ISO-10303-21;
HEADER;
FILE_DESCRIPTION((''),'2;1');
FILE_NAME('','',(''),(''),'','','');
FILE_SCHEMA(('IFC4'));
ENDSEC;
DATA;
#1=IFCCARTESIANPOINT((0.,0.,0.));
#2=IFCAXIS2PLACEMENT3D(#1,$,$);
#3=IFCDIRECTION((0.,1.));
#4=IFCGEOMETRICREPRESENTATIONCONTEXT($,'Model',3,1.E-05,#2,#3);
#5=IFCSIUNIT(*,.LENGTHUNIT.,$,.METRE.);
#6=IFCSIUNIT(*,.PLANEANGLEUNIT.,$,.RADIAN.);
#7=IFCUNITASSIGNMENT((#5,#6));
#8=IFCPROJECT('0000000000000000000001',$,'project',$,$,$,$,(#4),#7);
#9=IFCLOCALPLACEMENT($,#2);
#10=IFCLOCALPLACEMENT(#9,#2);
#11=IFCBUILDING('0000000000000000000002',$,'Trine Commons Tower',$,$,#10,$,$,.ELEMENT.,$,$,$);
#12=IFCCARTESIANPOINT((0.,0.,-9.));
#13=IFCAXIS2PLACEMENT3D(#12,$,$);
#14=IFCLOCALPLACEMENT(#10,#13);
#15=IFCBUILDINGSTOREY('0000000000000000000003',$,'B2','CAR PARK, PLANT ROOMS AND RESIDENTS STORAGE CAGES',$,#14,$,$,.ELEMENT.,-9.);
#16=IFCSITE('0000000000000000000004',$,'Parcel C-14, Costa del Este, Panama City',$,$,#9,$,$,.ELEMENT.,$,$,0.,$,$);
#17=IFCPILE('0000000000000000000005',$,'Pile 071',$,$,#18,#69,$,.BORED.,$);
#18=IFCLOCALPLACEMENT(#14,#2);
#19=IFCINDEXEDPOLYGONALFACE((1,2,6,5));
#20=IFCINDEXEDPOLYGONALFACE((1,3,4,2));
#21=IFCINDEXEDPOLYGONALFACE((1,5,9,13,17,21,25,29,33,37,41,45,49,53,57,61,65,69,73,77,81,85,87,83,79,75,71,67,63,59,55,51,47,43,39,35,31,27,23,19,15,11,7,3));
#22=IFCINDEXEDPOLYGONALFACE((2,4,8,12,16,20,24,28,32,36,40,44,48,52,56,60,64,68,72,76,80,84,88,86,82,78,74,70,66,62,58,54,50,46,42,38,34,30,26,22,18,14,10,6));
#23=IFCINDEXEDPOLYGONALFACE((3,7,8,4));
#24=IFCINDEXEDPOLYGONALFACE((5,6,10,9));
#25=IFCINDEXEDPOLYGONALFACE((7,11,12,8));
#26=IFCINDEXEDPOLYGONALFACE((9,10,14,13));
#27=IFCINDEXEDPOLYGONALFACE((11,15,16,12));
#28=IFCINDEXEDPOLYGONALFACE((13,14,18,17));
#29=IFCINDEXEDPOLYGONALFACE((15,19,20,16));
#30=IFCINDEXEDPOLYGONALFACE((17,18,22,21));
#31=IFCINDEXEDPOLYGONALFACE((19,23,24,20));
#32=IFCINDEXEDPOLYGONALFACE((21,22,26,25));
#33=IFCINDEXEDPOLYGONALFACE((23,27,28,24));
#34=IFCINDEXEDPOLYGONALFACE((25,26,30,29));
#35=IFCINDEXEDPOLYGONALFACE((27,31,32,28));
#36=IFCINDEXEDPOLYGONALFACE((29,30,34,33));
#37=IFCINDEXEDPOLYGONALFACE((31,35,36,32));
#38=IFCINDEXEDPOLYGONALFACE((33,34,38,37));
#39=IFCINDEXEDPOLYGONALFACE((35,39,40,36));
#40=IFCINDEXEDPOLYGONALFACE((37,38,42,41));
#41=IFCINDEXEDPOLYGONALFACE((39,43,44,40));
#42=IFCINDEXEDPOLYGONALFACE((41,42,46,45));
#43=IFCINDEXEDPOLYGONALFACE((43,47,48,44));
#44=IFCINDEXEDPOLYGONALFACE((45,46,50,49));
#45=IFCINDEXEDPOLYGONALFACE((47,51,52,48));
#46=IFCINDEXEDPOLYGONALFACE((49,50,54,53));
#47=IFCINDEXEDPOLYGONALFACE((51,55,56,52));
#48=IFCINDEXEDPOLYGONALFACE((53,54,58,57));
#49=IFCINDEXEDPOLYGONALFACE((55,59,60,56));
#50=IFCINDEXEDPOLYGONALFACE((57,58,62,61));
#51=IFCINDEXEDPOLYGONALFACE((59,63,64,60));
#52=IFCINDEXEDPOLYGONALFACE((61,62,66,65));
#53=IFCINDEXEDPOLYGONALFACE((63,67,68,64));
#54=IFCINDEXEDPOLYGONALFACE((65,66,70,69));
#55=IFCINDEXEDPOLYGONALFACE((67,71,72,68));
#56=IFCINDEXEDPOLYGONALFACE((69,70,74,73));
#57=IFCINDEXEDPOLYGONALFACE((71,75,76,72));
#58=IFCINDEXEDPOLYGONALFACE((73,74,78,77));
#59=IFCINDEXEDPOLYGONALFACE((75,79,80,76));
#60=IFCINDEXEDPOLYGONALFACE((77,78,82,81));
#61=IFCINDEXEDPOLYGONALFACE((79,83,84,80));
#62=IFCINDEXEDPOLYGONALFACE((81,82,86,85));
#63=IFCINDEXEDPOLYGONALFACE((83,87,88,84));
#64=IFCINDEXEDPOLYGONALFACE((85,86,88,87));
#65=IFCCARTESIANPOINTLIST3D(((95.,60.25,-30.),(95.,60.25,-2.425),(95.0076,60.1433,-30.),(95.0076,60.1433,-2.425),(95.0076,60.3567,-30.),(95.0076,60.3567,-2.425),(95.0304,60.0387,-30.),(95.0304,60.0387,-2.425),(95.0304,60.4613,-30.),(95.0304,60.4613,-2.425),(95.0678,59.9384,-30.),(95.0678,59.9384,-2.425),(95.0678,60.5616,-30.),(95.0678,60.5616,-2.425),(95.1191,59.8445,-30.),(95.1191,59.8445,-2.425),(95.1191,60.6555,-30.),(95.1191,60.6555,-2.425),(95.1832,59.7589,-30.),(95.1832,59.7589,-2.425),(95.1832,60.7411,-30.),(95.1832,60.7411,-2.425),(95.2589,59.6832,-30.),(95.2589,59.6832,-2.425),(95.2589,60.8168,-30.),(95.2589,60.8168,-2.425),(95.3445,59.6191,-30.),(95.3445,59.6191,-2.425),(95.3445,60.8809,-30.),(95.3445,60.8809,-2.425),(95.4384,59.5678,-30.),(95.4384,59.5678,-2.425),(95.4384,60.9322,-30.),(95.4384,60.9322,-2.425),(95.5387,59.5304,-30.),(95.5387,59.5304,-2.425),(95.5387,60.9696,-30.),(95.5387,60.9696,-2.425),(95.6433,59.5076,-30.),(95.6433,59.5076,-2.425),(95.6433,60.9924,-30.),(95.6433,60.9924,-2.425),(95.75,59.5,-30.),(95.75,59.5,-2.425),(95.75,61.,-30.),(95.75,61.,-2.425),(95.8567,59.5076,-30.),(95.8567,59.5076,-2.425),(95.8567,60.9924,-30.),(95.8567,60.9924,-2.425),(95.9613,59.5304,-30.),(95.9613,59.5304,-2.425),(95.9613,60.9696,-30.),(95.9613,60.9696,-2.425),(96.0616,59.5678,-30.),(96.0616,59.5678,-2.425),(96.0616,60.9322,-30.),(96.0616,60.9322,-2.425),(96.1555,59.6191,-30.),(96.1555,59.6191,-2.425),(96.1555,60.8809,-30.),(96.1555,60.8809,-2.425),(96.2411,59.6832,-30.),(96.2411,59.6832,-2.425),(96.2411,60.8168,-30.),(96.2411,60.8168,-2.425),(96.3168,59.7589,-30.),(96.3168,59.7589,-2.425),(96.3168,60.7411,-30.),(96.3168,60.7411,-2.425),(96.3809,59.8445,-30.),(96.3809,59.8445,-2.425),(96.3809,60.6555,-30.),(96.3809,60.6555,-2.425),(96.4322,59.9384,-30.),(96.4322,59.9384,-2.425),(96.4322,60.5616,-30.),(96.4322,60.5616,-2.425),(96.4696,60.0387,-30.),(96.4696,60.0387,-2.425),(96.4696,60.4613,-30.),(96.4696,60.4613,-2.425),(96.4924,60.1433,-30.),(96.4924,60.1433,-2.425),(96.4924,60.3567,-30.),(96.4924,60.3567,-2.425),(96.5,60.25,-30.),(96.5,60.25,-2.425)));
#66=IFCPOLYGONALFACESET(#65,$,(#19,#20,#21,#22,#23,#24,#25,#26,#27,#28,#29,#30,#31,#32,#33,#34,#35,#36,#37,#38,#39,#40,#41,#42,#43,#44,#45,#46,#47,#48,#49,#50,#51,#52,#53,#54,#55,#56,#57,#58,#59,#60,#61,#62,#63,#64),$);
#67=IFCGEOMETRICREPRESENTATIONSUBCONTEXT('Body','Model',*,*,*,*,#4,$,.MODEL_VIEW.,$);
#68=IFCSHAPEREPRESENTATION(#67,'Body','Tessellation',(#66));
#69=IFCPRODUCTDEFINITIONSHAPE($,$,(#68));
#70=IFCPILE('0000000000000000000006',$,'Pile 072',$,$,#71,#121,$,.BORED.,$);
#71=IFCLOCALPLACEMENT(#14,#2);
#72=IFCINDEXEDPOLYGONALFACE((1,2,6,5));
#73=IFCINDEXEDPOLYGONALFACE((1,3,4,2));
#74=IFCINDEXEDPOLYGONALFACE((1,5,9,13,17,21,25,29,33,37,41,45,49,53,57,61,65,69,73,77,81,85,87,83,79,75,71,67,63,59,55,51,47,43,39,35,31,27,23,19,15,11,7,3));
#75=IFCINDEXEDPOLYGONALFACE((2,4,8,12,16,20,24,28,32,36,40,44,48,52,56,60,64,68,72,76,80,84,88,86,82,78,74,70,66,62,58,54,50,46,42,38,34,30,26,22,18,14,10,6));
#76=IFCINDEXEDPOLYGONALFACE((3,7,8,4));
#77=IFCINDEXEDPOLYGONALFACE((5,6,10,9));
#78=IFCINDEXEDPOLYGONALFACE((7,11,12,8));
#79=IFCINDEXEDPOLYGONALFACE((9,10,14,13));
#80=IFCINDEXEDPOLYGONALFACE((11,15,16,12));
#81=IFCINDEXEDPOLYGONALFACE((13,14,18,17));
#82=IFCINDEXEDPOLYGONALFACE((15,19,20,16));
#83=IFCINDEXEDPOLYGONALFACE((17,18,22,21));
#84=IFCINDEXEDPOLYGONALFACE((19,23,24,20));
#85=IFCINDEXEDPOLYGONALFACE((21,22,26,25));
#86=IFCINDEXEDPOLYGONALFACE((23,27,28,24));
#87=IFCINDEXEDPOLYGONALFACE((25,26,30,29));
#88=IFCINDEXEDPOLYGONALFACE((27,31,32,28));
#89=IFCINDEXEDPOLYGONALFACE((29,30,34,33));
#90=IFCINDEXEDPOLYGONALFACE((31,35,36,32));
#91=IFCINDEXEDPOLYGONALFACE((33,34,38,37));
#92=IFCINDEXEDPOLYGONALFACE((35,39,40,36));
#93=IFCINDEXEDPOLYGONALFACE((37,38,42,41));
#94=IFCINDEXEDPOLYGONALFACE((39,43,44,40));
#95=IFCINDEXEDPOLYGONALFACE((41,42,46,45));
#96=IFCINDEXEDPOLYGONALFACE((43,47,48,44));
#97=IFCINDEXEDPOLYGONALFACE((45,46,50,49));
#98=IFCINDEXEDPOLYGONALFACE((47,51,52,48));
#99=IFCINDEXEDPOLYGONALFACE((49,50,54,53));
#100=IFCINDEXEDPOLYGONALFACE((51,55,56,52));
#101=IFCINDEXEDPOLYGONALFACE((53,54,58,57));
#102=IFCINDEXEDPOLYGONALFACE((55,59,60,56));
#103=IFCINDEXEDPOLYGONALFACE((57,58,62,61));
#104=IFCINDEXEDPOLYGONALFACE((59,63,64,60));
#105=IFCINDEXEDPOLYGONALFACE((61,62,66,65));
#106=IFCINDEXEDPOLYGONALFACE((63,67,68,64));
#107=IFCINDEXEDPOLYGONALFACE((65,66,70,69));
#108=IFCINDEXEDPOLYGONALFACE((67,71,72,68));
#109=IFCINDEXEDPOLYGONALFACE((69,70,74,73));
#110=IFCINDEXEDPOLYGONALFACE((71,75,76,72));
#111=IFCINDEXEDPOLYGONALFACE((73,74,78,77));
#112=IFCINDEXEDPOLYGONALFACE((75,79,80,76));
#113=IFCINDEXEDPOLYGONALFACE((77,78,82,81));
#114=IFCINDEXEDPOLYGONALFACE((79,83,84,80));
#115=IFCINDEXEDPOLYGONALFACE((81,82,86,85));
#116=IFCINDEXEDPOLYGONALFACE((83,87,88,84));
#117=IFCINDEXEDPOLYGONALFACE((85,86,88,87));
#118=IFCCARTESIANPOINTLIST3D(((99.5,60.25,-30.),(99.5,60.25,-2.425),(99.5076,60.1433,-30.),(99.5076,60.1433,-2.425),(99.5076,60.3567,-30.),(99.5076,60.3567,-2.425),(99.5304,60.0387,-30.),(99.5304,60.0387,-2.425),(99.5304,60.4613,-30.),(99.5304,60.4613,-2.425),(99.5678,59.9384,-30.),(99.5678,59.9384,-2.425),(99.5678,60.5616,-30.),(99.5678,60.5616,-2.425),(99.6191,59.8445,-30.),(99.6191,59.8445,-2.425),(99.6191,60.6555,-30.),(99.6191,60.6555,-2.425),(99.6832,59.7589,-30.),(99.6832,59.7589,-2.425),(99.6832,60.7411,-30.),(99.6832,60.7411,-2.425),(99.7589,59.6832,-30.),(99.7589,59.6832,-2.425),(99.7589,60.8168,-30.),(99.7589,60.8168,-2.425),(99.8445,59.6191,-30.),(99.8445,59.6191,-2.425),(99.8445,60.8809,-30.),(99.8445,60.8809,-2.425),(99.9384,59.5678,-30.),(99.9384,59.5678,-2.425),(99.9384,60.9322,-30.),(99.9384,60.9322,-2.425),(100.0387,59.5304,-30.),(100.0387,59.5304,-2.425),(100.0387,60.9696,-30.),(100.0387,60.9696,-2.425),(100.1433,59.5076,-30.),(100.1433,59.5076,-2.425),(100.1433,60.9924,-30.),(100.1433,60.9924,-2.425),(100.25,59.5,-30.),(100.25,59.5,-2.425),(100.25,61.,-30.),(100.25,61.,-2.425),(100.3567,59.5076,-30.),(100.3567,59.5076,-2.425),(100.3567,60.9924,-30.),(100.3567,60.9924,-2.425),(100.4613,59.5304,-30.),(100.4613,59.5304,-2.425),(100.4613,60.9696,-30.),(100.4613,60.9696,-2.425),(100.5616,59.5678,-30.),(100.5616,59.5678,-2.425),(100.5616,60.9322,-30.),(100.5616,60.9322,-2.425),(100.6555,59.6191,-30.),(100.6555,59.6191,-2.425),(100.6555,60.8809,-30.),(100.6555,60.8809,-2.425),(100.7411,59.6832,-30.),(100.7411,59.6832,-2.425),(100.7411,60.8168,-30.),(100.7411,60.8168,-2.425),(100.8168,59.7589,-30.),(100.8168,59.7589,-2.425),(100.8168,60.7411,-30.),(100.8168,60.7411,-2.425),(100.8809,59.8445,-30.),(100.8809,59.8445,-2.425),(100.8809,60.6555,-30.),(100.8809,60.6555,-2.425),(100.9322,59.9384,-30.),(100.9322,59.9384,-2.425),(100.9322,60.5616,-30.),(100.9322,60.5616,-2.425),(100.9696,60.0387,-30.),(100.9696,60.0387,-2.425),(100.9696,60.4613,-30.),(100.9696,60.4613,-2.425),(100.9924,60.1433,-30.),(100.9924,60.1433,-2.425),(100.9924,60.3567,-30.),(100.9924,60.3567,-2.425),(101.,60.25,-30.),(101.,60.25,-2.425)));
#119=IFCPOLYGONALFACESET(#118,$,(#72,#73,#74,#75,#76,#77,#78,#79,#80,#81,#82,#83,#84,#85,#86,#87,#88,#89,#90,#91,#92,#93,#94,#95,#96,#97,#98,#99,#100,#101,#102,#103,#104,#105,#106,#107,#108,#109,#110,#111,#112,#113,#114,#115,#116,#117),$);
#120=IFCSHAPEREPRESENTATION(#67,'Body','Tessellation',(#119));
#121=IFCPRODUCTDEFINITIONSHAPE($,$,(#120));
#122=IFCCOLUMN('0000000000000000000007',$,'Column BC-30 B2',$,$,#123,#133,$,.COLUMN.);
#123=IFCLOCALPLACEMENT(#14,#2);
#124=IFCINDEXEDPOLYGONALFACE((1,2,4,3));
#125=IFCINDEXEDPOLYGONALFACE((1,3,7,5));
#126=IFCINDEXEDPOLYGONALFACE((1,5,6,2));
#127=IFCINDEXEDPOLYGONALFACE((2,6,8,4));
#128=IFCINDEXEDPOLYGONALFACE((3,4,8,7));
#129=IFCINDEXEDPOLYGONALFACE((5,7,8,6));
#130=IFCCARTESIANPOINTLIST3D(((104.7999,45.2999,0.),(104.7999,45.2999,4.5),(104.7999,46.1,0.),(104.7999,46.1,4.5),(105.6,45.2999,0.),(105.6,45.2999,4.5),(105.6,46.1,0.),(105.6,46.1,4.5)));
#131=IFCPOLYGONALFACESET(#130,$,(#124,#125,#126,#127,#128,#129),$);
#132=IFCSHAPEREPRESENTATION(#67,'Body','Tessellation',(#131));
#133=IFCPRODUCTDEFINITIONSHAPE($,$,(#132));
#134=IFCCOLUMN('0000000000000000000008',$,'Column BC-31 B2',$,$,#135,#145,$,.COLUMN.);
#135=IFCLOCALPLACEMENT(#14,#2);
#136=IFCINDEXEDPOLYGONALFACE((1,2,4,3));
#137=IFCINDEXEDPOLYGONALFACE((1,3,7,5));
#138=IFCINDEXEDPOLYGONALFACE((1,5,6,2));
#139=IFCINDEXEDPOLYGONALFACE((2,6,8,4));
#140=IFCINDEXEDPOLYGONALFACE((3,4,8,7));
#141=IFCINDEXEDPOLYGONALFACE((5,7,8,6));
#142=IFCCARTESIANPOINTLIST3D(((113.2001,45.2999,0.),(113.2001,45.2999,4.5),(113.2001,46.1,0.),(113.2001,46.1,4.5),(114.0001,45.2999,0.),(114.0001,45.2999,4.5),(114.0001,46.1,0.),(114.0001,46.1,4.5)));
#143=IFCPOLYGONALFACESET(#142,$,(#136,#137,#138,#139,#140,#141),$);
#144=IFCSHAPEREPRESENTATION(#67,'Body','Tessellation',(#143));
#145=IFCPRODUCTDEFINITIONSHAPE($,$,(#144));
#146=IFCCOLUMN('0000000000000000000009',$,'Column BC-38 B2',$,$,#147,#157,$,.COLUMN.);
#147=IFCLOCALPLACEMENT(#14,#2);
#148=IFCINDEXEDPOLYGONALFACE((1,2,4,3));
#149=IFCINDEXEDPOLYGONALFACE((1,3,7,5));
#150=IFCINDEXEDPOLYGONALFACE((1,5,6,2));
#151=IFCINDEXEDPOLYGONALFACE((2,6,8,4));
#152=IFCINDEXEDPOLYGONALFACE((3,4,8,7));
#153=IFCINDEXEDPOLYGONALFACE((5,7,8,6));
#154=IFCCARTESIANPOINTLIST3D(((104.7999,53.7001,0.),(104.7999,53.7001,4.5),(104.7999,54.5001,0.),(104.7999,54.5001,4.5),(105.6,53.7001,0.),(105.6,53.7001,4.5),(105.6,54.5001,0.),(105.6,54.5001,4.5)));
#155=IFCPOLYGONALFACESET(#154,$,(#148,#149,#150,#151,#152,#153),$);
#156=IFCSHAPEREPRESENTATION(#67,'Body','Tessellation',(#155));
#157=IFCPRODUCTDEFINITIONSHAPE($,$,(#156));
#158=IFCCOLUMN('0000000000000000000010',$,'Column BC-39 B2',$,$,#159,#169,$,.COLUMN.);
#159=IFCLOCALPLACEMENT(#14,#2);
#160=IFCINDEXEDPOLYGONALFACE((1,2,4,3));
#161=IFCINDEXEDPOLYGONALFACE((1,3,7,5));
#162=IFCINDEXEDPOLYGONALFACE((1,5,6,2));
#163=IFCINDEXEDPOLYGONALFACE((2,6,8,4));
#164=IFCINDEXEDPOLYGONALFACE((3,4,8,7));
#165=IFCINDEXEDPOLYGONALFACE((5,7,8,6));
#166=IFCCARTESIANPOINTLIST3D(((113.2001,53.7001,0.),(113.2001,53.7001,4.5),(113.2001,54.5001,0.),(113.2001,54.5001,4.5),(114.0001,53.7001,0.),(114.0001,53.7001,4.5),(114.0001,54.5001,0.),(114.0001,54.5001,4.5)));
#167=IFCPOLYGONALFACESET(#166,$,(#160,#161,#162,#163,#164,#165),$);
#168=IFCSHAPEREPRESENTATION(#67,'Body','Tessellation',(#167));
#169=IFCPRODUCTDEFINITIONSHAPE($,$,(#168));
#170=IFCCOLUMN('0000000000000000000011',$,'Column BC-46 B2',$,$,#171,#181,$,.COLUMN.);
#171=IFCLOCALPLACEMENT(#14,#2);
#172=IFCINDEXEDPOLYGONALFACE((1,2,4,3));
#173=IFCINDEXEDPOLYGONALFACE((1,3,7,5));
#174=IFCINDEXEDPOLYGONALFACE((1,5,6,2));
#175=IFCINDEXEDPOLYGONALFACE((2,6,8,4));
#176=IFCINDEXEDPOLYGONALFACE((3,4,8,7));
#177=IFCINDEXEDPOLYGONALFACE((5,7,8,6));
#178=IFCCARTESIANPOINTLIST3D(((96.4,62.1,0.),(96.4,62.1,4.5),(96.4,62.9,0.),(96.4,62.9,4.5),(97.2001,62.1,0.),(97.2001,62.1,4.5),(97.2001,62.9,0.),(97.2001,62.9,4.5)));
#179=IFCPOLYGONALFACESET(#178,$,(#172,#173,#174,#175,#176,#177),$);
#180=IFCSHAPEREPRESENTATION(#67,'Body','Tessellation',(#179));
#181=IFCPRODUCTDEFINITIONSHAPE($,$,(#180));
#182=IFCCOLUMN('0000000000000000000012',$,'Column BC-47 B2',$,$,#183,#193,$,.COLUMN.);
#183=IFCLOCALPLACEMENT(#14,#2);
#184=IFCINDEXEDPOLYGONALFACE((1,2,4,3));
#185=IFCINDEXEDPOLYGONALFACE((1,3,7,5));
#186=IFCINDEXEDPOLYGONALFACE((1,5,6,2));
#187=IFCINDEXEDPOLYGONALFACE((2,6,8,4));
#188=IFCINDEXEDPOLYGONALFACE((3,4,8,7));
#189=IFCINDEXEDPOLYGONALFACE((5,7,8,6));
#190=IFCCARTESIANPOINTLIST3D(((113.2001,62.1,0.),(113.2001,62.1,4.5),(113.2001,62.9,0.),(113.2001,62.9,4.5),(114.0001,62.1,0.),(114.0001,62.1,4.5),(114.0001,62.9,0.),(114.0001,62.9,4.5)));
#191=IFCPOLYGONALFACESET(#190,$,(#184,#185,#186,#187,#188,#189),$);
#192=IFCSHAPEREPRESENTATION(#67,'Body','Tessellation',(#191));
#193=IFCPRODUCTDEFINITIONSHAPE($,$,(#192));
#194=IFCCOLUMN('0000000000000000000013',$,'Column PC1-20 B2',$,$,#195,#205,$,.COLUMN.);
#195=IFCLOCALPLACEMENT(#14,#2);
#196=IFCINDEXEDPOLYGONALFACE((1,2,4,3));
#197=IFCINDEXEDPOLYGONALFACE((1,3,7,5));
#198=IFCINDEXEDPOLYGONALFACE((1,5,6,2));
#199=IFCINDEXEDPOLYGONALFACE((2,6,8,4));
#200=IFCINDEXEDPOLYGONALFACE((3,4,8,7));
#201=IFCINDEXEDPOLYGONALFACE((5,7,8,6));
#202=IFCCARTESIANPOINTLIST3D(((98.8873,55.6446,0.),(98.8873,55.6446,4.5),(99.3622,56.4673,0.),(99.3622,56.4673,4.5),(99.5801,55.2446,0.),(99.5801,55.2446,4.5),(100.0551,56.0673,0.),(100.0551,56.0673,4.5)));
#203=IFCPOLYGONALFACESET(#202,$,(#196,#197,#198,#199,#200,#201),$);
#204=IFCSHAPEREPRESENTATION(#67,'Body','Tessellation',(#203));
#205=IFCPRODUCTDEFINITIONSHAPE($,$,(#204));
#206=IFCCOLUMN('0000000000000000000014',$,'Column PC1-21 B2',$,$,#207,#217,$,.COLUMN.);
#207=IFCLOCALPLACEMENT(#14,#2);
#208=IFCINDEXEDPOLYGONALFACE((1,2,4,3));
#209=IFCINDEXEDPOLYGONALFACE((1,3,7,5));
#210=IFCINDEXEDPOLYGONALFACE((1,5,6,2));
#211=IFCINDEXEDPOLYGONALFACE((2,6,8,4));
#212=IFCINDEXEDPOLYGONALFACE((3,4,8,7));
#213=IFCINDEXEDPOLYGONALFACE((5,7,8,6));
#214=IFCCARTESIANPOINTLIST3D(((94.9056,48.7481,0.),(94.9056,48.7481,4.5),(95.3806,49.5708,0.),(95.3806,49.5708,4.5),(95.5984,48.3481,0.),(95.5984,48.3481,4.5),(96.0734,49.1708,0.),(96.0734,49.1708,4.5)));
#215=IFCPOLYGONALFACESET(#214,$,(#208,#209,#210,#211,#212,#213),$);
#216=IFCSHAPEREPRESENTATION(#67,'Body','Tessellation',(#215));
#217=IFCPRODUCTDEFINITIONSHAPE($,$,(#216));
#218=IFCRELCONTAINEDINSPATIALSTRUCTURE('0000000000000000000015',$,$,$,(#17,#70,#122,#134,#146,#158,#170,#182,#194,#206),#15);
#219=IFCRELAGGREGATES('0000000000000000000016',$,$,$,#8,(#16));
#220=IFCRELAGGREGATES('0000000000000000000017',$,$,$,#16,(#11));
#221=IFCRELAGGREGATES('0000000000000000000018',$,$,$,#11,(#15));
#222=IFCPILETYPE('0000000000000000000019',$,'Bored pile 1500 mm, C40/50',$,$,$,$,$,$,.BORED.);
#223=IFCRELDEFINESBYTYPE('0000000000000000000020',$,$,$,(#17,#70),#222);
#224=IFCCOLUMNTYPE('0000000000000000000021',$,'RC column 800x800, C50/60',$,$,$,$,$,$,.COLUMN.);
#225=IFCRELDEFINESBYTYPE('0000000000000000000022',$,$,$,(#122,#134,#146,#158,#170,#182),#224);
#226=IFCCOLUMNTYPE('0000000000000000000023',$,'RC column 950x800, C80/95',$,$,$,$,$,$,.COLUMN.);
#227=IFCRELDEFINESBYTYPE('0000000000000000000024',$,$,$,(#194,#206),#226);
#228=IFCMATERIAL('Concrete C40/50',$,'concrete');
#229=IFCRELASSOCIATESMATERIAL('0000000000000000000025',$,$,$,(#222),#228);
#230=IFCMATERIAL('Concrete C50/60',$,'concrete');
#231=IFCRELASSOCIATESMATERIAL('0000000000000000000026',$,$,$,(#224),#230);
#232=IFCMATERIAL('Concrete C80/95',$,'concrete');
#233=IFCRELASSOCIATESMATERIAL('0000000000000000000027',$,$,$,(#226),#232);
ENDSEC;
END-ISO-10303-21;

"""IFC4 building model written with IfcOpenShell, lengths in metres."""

from ifc_helpers import new_model, si_unit, direction, frame, origin, origin_2d, place, context, subcontext, project, spatial, rectangle, circle, extrude, material, material_profile, profile_set, type_object, element, save


model = new_model("IFC4")

# Units and contexts
model_context = context("Model", 3, precision=1e-05, world=origin(), true_north=direction((0.0, 1.0)))
body_context = subcontext(model_context, "Body", "Model", "MODEL_VIEW")
ifc_project = project(units=[si_unit("LENGTHUNIT", "METRE"), si_unit("PLANEANGLEUNIT", "RADIAN")], contexts=[model_context])

# Site, building, storey
site_placement = place(None, origin())
site = spatial("IfcSite", under=ifc_project, at=site_placement, Name="Parcel C-14, Costa del Este, Panama City", CompositionType="ELEMENT", RefElevation=0.0)
building_placement = place(site_placement, origin())
building = spatial("IfcBuilding", under=site, at=building_placement, Name="Trine Commons Tower", CompositionType="ELEMENT")
storey_placement = place(building_placement, frame((0.0, 0.0, -9.0)))
storey = spatial("IfcBuildingStorey", under=building, at=storey_placement, Name="B2", Description="CAR PARK, PLANT ROOMS AND RESIDENTS STORAGE CAGES", CompositionType="ELEMENT", Elevation=-9.0)

# Piles
ifc_material_1 = material(Name="Concrete C40/50", Category="concrete")
pile_type_1 = type_object("IfcPileType", Name="Bored pile 1500 mm, C40/50", PredefinedType="BORED", material=ifc_material_1)
for number, where, z_axis, x_axis, name in (
    (1, (95.75, 60.25, -2.425), (0.0, 0.0, -1.0), (1.0, 0.0, 0.0), "Pile 071"),
    (2, (100.25, 60.25, -2.425), (0.0, 0.0, -1.0), (1.0, 0.0, 0.0), "Pile 072"),
):
    element("IfcPile", number, at=place(storey_placement, frame(where, z_axis=z_axis, x_axis=x_axis)), inside=storey, type_object=pile_type_1, Name=name, PredefinedType="BORED", context=body_context, shape_type="SweptSolid", body=[
        extrude(circle(Radius=0.75, at=origin_2d()), origin(), (0.0, 0.0, 1.0), 27.575),
    ])

# Columns
ifc_material_2 = material(Name="Concrete C50/60", Category="concrete")
ifc_material_profile_1 = material_profile(ifc_material_2, rectangle(XDim=0.8, YDim=0.8, at=origin_2d()), Name="RC 800x800")
ifc_profile_set_1 = profile_set([ifc_material_profile_1], Name="Concrete C50/60")
column_type_1 = type_object("IfcColumnType", Name="RC column 800x800, C50/60", PredefinedType="COLUMN", material=ifc_profile_set_1)
for number, where, z_axis, x_axis, name in (
    (3, (105.2, 45.7, 0.0), (0.0, 0.0, 1.0), (1.0, 0.0, 0.0), "Column BC-30 B2"),
    (4, (113.6001, 45.7, 0.0), (0.0, 0.0, 1.0), (1.0, 0.0, 0.0), "Column BC-31 B2"),
    (5, (105.2, 54.1001, 0.0), (0.0, 0.0, 1.0), (1.0, 0.0, 0.0), "Column BC-38 B2"),
    (6, (113.6001, 54.1001, 0.0), (0.0, 0.0, 1.0), (1.0, 0.0, 0.0), "Column BC-39 B2"),
    (7, (96.8, 62.5, 0.0), (0.0, 0.0, 1.0), (1.0, 0.0, 0.0), "Column BC-46 B2"),
    (8, (113.6001, 62.5, 0.0), (0.0, 0.0, 1.0), (1.0, 0.0, 0.0), "Column BC-47 B2"),
):
    element("IfcColumn", number, at=place(storey_placement, frame(where, z_axis=z_axis, x_axis=x_axis)), inside=storey, type_object=column_type_1, Name=name, PredefinedType="COLUMN", context=body_context, shape_type="SweptSolid", body=[
        extrude(rectangle(XDim=0.8, YDim=0.8, at=origin_2d()), origin(), (0.0, 0.0, 1.0), 4.5),
    ])
ifc_material_3 = material(Name="Concrete C80/95", Category="concrete")
ifc_material_profile_2 = material_profile(ifc_material_3, rectangle(XDim=0.95, YDim=0.8, at=origin_2d()), Name="RC 950x800")
ifc_profile_set_2 = profile_set([ifc_material_profile_2], Name="Concrete C80/95")
column_type_2 = type_object("IfcColumnType", Name="RC column 950x800, C80/95", PredefinedType="COLUMN", material=ifc_profile_set_2)
for number, where, z_axis, x_axis, name in (
    (9, (99.4712, 55.856, 0.0), (0.0, 0.0, 1.0), (0.5, 0.866025, 0.0), "Column PC1-20 B2"),
    (10, (95.4895, 48.9595, 0.0), (0.0, 0.0, 1.0), (0.5, 0.866025, 0.0), "Column PC1-21 B2"),
):
    element("IfcColumn", number, at=place(storey_placement, frame(where, z_axis=z_axis, x_axis=x_axis)), inside=storey, type_object=column_type_2, Name=name, PredefinedType="COLUMN", context=body_context, shape_type="SweptSolid", body=[
        extrude(rectangle(XDim=0.95, YDim=0.8, at=origin_2d()), origin(), (0.0, 0.0, 1.0), 4.5),
    ])

save(model, "model.ifc")
